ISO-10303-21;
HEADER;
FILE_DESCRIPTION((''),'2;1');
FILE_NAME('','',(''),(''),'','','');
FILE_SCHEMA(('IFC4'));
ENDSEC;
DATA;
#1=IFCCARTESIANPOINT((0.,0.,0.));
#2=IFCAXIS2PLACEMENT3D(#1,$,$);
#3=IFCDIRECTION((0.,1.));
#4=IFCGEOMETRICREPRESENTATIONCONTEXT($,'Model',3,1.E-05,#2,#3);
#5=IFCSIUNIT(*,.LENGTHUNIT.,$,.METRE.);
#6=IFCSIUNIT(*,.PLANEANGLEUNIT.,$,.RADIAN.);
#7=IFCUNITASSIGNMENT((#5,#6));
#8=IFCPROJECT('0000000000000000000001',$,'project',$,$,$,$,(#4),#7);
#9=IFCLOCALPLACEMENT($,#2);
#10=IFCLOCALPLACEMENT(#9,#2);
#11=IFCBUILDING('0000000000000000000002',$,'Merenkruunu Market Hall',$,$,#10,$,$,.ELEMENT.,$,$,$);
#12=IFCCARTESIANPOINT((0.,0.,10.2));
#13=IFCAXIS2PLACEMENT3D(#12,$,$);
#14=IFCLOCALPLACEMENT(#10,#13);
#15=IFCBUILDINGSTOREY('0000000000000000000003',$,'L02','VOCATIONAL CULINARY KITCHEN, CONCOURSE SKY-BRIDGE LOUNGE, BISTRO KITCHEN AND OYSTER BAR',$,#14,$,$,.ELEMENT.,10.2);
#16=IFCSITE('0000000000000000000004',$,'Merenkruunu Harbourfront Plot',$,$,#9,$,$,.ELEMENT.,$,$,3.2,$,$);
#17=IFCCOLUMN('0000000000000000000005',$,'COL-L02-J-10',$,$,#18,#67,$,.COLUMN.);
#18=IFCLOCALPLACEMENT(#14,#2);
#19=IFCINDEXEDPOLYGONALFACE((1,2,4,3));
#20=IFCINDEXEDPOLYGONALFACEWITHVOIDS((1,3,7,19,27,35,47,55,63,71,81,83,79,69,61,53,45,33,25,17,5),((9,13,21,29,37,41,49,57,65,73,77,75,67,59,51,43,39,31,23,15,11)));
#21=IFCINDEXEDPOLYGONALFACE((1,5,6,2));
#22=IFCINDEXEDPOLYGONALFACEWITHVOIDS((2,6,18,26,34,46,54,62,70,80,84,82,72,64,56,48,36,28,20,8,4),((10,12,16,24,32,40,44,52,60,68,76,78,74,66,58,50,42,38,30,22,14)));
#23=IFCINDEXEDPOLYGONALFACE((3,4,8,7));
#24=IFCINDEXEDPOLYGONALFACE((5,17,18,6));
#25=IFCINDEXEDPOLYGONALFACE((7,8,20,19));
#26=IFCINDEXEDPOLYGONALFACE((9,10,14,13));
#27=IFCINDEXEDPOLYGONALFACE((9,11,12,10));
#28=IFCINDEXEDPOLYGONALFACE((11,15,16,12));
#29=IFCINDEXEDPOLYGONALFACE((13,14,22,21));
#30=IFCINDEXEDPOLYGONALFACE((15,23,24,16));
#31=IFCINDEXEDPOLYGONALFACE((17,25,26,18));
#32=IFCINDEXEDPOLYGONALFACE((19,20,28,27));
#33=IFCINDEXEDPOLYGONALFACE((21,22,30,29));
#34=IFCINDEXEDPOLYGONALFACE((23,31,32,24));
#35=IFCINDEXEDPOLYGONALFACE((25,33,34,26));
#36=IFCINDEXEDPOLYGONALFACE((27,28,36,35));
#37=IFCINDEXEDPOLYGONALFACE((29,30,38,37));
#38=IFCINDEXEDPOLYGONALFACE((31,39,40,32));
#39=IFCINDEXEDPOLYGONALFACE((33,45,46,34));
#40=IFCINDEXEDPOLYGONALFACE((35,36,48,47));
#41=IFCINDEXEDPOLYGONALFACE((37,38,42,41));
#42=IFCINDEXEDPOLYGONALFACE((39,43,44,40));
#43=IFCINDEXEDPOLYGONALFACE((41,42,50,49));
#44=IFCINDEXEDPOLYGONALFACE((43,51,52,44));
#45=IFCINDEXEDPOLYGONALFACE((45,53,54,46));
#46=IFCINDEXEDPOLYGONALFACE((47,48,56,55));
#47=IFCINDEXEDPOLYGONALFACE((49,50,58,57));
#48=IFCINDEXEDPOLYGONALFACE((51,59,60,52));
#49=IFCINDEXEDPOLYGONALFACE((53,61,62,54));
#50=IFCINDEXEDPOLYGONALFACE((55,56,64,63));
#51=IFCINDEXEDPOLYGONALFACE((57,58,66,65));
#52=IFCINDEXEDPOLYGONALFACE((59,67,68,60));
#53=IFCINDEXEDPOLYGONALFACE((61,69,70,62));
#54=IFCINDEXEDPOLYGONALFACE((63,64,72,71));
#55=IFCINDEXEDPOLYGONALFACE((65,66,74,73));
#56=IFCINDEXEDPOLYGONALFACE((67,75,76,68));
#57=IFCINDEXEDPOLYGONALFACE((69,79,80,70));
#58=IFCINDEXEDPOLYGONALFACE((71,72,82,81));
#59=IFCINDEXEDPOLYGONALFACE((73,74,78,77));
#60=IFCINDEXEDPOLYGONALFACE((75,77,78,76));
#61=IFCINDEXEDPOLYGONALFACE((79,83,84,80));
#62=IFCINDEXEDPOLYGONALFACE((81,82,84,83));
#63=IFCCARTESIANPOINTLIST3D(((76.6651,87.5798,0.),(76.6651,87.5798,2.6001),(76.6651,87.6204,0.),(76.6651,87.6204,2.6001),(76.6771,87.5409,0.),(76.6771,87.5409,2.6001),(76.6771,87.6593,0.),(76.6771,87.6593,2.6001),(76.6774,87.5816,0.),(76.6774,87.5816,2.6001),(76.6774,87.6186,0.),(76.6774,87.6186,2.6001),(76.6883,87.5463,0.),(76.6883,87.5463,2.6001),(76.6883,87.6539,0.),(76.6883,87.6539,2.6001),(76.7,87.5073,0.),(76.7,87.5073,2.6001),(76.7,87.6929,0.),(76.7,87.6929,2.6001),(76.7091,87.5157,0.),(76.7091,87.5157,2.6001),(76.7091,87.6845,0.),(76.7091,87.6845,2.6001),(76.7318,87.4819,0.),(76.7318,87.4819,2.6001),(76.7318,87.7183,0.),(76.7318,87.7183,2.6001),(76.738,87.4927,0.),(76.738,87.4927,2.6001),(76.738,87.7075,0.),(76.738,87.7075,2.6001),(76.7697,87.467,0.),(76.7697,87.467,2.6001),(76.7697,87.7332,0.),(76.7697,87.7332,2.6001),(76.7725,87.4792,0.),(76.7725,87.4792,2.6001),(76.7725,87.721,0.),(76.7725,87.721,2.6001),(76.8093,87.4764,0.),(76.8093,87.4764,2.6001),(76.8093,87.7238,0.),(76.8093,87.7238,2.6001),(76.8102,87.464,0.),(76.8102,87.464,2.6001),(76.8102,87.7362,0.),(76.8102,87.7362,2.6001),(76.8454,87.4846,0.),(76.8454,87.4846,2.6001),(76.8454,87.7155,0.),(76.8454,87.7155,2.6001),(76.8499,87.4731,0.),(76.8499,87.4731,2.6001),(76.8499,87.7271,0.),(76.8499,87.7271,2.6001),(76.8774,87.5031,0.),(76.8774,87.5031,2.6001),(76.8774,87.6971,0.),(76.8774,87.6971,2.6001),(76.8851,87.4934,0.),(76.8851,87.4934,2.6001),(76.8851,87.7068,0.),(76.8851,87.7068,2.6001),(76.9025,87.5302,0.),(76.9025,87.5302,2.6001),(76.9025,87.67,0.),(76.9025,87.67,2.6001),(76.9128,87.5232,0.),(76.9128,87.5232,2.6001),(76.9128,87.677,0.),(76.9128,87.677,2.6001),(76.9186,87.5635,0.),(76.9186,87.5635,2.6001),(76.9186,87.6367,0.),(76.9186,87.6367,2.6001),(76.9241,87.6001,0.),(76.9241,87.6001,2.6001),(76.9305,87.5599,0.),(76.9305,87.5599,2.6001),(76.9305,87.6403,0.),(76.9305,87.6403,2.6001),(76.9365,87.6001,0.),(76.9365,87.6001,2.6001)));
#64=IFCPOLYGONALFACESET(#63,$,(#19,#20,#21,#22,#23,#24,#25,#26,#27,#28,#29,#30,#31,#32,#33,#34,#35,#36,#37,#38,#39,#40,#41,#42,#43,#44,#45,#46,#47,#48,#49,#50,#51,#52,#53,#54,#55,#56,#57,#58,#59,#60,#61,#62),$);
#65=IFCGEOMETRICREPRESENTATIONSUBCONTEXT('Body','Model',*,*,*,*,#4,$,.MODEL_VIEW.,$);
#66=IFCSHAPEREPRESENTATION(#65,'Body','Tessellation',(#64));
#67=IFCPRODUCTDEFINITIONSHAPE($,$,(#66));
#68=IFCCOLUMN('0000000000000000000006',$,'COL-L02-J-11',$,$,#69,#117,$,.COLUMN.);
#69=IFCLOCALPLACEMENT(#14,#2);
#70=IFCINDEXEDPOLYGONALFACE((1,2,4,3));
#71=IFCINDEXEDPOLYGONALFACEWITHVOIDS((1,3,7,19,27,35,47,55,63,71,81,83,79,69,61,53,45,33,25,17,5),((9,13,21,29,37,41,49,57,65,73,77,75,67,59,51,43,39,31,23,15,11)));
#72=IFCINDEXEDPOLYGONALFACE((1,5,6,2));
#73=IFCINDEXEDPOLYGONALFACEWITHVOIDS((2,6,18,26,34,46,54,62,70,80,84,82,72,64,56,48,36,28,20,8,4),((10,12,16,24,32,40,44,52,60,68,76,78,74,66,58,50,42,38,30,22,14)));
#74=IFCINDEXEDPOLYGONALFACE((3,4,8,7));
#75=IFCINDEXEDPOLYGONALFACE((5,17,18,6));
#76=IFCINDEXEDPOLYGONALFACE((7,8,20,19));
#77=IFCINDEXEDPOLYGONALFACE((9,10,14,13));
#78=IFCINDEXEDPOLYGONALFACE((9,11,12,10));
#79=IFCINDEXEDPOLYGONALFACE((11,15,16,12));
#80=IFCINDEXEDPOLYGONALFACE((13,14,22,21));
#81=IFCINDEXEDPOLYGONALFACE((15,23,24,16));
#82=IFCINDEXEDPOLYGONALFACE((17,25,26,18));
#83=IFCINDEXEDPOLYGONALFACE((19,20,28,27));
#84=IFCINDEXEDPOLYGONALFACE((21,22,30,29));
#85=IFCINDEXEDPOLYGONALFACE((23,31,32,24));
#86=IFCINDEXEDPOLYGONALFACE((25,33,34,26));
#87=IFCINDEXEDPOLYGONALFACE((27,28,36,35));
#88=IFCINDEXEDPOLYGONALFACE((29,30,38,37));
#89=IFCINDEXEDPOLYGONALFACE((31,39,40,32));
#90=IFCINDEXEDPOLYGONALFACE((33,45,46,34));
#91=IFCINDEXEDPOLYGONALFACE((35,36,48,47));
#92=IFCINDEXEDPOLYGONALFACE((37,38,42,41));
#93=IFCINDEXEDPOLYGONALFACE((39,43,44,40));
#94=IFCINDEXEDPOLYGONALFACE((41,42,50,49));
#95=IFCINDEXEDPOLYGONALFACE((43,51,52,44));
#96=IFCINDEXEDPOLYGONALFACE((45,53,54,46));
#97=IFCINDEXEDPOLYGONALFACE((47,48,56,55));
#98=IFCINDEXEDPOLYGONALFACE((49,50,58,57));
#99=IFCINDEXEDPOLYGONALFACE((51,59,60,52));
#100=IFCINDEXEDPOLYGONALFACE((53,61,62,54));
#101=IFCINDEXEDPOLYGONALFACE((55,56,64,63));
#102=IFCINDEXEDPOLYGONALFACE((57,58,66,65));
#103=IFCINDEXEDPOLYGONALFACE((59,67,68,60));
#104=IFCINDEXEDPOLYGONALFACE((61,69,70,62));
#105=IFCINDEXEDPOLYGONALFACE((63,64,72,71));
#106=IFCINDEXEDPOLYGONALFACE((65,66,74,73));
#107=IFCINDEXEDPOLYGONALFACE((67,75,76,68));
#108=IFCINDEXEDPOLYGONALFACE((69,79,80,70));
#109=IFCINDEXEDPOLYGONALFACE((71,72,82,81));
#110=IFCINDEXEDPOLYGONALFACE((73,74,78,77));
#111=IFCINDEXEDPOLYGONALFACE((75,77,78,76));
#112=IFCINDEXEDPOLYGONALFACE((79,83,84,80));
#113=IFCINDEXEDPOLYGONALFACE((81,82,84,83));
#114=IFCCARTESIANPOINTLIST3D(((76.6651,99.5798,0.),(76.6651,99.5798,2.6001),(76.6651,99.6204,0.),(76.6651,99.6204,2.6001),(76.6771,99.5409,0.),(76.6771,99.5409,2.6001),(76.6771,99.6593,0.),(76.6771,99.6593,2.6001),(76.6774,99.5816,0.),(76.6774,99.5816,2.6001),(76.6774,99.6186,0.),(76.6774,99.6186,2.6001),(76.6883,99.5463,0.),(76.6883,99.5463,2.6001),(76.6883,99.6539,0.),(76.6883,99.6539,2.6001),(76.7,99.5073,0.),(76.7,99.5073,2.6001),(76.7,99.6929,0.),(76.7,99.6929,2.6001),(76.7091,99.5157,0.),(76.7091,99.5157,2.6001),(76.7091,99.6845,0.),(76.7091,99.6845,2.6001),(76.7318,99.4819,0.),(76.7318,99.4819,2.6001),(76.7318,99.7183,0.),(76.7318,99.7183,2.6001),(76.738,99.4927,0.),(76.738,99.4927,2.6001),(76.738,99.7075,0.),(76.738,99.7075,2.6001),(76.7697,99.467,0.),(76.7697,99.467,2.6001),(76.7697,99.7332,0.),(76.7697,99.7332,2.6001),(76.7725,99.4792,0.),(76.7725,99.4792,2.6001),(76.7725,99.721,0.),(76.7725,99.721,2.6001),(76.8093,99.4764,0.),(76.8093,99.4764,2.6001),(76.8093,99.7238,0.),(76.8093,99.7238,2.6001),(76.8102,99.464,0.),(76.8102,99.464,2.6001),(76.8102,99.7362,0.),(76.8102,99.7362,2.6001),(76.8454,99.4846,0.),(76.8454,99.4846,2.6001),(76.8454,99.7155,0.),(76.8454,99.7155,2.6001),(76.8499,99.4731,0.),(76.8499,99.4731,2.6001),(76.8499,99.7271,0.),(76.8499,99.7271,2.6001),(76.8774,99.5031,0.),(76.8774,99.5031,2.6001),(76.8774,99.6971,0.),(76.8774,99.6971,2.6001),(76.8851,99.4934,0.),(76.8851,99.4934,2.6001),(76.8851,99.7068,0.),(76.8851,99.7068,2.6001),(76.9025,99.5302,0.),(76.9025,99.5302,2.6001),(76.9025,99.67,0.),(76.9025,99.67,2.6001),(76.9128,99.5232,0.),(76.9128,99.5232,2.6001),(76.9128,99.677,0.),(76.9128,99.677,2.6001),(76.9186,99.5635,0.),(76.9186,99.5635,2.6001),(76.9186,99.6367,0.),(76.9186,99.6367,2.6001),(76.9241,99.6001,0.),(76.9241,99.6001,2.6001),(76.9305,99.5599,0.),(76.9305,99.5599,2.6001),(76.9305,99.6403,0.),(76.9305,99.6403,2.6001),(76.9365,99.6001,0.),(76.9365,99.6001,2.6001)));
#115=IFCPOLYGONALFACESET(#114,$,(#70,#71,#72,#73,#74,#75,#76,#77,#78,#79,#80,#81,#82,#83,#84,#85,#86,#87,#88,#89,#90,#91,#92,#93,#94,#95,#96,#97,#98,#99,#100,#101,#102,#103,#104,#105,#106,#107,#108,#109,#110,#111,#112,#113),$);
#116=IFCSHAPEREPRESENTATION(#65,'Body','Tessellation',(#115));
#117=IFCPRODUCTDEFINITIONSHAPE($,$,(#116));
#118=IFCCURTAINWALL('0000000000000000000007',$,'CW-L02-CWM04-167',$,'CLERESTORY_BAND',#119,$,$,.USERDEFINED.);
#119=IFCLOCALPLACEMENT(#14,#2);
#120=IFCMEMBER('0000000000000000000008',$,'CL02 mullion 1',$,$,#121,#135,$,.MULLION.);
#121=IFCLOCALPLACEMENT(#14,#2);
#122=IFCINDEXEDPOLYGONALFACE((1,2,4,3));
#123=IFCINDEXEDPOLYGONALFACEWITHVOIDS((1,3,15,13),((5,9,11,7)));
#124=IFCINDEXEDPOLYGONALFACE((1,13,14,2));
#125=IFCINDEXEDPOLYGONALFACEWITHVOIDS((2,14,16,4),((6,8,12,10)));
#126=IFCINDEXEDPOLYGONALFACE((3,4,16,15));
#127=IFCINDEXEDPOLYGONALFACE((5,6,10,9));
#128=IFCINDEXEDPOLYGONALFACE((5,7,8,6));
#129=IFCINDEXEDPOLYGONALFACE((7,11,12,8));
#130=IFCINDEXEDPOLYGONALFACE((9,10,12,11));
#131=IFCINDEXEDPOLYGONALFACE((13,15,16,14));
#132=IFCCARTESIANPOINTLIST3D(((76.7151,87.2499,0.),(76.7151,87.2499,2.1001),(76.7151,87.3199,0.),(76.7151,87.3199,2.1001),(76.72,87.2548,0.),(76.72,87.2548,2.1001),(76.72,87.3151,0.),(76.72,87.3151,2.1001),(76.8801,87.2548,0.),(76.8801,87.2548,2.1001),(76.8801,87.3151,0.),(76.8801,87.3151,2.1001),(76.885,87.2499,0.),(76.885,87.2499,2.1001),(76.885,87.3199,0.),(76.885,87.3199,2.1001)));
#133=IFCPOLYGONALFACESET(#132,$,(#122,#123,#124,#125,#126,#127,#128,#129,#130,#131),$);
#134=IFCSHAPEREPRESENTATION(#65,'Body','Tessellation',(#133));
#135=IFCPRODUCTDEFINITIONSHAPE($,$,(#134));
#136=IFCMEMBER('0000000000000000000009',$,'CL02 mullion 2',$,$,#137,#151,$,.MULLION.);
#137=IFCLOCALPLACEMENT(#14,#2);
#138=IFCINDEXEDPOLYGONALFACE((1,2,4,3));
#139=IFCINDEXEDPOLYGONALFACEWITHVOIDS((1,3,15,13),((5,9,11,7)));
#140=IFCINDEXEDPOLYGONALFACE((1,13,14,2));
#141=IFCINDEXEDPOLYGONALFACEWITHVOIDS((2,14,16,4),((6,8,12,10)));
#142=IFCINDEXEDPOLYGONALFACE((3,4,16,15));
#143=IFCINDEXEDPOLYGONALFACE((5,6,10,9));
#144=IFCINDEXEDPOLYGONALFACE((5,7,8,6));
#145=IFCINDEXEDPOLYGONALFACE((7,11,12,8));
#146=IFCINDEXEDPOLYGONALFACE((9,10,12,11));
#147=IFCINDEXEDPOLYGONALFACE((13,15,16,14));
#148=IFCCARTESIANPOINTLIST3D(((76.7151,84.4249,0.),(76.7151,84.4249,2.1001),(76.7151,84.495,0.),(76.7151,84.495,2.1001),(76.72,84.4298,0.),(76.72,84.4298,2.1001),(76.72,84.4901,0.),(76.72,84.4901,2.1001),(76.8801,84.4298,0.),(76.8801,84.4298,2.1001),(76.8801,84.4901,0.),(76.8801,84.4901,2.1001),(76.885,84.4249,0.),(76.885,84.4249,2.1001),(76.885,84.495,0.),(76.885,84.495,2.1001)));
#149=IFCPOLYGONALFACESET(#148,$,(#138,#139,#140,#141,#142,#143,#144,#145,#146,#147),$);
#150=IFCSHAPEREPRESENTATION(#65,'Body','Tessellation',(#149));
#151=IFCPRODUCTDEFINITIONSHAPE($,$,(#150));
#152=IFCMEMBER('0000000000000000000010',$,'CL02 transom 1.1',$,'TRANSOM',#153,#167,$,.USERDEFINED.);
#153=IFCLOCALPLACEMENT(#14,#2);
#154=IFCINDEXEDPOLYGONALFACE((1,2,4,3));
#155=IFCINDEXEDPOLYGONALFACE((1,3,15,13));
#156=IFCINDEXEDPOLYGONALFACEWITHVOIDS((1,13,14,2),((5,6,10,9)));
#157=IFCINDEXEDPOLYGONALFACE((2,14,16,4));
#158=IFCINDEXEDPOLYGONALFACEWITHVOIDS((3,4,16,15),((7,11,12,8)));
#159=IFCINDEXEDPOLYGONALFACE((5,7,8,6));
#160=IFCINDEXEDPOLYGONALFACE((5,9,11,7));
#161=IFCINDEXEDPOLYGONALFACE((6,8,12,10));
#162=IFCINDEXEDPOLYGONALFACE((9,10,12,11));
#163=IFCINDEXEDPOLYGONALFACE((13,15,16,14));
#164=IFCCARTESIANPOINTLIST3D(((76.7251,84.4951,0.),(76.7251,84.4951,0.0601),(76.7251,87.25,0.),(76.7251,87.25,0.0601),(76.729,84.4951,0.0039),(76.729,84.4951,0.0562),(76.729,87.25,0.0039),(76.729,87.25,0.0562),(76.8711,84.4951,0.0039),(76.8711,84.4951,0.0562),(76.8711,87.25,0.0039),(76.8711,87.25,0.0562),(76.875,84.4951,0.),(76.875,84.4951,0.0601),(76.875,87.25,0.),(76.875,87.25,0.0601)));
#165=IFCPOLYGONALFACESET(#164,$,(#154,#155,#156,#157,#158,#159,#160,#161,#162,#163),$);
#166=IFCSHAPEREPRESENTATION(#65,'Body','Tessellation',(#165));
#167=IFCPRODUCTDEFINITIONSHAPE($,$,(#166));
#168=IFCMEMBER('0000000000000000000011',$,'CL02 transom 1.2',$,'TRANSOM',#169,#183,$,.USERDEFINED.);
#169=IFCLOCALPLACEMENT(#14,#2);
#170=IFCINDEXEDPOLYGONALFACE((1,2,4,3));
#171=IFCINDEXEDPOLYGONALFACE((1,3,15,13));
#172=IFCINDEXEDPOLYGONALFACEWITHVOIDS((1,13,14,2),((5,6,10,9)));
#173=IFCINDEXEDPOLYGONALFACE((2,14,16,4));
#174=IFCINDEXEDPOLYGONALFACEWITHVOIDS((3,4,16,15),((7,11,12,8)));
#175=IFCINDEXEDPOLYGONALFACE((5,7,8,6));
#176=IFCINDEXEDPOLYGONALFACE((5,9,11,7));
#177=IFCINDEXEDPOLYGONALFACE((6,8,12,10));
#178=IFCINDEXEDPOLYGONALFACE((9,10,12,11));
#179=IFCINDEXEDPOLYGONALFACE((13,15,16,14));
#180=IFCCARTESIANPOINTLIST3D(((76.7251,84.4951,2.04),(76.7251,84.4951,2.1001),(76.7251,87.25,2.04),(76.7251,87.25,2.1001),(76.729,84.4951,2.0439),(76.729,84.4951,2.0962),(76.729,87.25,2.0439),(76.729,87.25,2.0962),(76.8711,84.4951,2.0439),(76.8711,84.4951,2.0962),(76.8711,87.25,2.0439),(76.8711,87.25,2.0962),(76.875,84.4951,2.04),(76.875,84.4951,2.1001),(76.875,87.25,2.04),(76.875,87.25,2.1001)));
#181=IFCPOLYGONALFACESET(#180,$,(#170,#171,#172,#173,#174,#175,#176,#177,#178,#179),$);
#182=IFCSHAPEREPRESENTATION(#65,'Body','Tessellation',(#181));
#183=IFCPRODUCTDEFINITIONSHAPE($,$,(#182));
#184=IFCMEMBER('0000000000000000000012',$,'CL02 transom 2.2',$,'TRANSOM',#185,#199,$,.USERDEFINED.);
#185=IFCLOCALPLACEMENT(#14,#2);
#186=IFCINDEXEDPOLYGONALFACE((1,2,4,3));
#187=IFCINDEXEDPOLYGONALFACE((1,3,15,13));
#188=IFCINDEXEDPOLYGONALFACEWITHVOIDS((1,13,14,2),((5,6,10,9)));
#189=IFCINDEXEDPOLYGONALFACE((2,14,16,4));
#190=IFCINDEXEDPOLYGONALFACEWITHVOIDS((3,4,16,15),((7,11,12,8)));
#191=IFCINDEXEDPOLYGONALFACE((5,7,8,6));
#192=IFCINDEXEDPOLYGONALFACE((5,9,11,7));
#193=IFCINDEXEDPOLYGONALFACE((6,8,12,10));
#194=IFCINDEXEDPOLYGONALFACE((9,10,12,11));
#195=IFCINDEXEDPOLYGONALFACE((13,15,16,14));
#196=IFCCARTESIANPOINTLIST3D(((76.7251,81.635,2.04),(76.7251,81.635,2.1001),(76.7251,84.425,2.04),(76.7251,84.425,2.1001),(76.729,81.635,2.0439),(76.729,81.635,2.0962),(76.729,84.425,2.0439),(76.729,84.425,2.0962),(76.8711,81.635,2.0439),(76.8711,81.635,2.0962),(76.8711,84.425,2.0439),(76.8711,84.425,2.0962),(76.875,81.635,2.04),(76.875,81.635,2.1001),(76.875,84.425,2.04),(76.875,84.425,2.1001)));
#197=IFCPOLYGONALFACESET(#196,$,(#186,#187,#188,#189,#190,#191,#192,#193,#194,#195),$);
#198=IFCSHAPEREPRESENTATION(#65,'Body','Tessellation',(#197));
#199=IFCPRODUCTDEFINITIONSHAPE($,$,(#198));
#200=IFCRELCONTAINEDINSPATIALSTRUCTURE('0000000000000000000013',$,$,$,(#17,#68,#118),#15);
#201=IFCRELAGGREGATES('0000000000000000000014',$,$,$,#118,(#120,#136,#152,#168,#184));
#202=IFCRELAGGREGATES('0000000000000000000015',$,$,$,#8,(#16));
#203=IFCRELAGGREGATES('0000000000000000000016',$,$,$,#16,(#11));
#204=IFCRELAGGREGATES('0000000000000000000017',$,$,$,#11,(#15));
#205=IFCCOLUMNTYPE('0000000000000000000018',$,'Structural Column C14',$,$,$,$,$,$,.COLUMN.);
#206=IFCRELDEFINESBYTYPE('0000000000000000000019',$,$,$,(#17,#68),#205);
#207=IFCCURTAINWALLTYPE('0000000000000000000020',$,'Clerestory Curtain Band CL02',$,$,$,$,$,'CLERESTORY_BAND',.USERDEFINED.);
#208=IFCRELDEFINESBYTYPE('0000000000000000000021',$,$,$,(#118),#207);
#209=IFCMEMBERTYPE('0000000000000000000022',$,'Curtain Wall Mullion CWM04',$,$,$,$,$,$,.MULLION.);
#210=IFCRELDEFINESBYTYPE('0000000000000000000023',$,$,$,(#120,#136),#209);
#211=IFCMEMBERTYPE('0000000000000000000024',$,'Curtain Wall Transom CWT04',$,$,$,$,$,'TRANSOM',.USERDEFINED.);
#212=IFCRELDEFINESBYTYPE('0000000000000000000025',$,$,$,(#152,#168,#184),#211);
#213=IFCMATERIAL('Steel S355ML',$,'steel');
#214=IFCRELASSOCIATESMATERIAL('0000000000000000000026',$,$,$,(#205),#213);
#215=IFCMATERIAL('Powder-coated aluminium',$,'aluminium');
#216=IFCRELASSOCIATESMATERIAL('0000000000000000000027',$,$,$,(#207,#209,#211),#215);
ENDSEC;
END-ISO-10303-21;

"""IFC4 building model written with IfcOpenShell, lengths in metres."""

from ifc_helpers import new_model, si_unit, direction, frame, origin, origin_2d, place, context, subcontext, project, spatial, hollow_rectangle, hollow_circle, extrude, material, material_profile, profile_set, type_object, element, aggregate, save


model = new_model("IFC4")

# Units and contexts
model_context = context("Model", 3, precision=1e-05, world=origin(), true_north=direction((0.0, 1.0)))
body_context = subcontext(model_context, "Body", "Model", "MODEL_VIEW")
ifc_project = project(units=[si_unit("LENGTHUNIT", "METRE"), si_unit("PLANEANGLEUNIT", "RADIAN")], contexts=[model_context])

# Site, building, storey
site_placement = place(None, origin())
site = spatial("IfcSite", under=ifc_project, at=site_placement, Name="Merenkruunu Harbourfront Plot", CompositionType="ELEMENT", RefElevation=3.2)
building_placement = place(site_placement, origin())
building = spatial("IfcBuilding", under=site, at=building_placement, Name="Merenkruunu Market Hall", CompositionType="ELEMENT")
storey_placement = place(building_placement, frame((0.0, 0.0, 10.2)))
storey = spatial("IfcBuildingStorey", under=building, at=storey_placement, Name="L02", Description="VOCATIONAL CULINARY KITCHEN, CONCOURSE SKY-BRIDGE LOUNGE, BISTRO KITCHEN AND OYSTER BAR", CompositionType="ELEMENT", Elevation=10.2)

# Columns
ifc_material_1 = material(Name="Steel S355ML", Category="steel")
ifc_material_profile_1 = material_profile(ifc_material_1, hollow_circle(Radius=0.1365, WallThickness=0.0125, at=origin_2d()), Name="CHS 273x12.5")
ifc_profile_set_1 = profile_set([ifc_material_profile_1], Name="Steel S355ML")
column_type = type_object("IfcColumnType", Name="Structural Column C14", PredefinedType="COLUMN", material=ifc_profile_set_1)
for number, where, z_axis, x_axis, name in (
    (1, (76.8, 87.6001, 0.0), (0.0, 0.0, 1.0), (1.0, 0.0, 0.0), "COL-L02-J-10"),
    (2, (76.8, 99.6001, 0.0), (0.0, 0.0, 1.0), (1.0, 0.0, 0.0), "COL-L02-J-11"),
):
    element("IfcColumn", number, at=place(storey_placement, frame(where, z_axis=z_axis, x_axis=x_axis)), inside=storey, type_object=column_type, Name=name, PredefinedType="COLUMN", context=body_context, shape_type="SweptSolid", body=[
        extrude(hollow_circle(Radius=0.1365, WallThickness=0.0125, at=origin_2d()), origin(), (0.0, 0.0, 1.0), 2.6001),
    ])

# Curtain wall, members
ifc_material_2 = material(Name="Powder-coated aluminium", Category="aluminium")
curtain_wall_type = type_object("IfcCurtainWallType", Name="Clerestory Curtain Band CL02", ElementType="CLERESTORY_BAND", PredefinedType="USERDEFINED", material=ifc_material_2)
curtain_wall_placement = place(storey_placement, origin())
curtain_wall = element("IfcCurtainWall", 3, at=curtain_wall_placement, inside=storey, type_object=curtain_wall_type, Name="CW-L02-CWM04-167", ObjectType="CLERESTORY_BAND", PredefinedType="USERDEFINED")
ifc_material_profile_2 = material_profile(ifc_material_2, hollow_rectangle(XDim=0.0701, YDim=0.1699, WallThickness=0.0049, at=origin_2d()), Name="ALU 70x170x5")
ifc_profile_set_2 = profile_set([ifc_material_profile_2], Name="Powder-coated aluminium")
member_type_1 = type_object("IfcMemberType", Name="Curtain Wall Mullion CWM04", PredefinedType="MULLION", material=ifc_profile_set_2)
member_1_placement = place(storey_placement, frame((76.8, 87.2849, 0.0), z_axis=(0.0, 0.0, 1.0), x_axis=(0.0, -1.0, 0.0)))
member_1 = element("IfcMember", 4, at=member_1_placement, type_object=member_type_1, Name="CL02 mullion 1", PredefinedType="MULLION", context=body_context, shape_type="SweptSolid", body=[
    extrude(hollow_rectangle(XDim=0.0701, YDim=0.1699, WallThickness=0.0049, at=origin_2d()), origin(), (0.0, 0.0, 1.0), 2.1001),
])
member_2_placement = place(storey_placement, frame((76.8, 84.46, 0.0), z_axis=(0.0, 0.0, 1.0), x_axis=(0.0, -1.0, 0.0)))
member_2 = element("IfcMember", 5, at=member_2_placement, type_object=member_type_1, Name="CL02 mullion 2", PredefinedType="MULLION", context=body_context, shape_type="SweptSolid", body=[
    extrude(hollow_rectangle(XDim=0.0701, YDim=0.1699, WallThickness=0.0049, at=origin_2d()), origin(), (0.0, 0.0, 1.0), 2.1001),
])
ifc_material_profile_3 = material_profile(ifc_material_2, hollow_rectangle(XDim=0.0601, YDim=0.1499, WallThickness=0.0039, at=origin_2d()), Name="ALU 60x150x4")
ifc_profile_set_3 = profile_set([ifc_material_profile_3], Name="Powder-coated aluminium")
member_type_2 = type_object("IfcMemberType", Name="Curtain Wall Transom CWT04", ElementType="TRANSOM", PredefinedType="USERDEFINED", material=ifc_profile_set_3)
member_3_placement = place(storey_placement, frame((76.8, 87.25, 0.03), z_axis=(0.0, -1.0, 0.0), x_axis=(0.0, 0.0, 1.0)))
member_3 = element("IfcMember", 6, at=member_3_placement, type_object=member_type_2, Name="CL02 transom 1.1", ObjectType="TRANSOM", PredefinedType="USERDEFINED", context=body_context, shape_type="SweptSolid", body=[
    extrude(hollow_rectangle(XDim=0.0601, YDim=0.1499, WallThickness=0.0039, at=origin_2d()), origin(), (0.0, 0.0, 1.0), 2.7549),
])
member_4_placement = place(storey_placement, frame((76.8, 87.25, 2.0701), z_axis=(0.0, -1.0, 0.0), x_axis=(0.0, 0.0, 1.0)))
member_4 = element("IfcMember", 7, at=member_4_placement, type_object=member_type_2, Name="CL02 transom 1.2", ObjectType="TRANSOM", PredefinedType="USERDEFINED", context=body_context, shape_type="SweptSolid", body=[
    extrude(hollow_rectangle(XDim=0.0601, YDim=0.1499, WallThickness=0.0039, at=origin_2d()), origin(), (0.0, 0.0, 1.0), 2.7549),
])
member_5_placement = place(storey_placement, frame((76.8, 84.425, 2.0701), z_axis=(0.0, -1.0, 0.0), x_axis=(0.0, 0.0, 1.0)))
member_5 = element("IfcMember", 8, at=member_5_placement, type_object=member_type_2, Name="CL02 transom 2.2", ObjectType="TRANSOM", PredefinedType="USERDEFINED", context=body_context, shape_type="SweptSolid", body=[
    extrude(hollow_rectangle(XDim=0.0601, YDim=0.1499, WallThickness=0.0039, at=origin_2d()), origin(), (0.0, 0.0, 1.0), 2.79),
])

aggregate(curtain_wall, [member_1, member_2, member_3, member_4, member_5])

save(model, "model.ifc")
